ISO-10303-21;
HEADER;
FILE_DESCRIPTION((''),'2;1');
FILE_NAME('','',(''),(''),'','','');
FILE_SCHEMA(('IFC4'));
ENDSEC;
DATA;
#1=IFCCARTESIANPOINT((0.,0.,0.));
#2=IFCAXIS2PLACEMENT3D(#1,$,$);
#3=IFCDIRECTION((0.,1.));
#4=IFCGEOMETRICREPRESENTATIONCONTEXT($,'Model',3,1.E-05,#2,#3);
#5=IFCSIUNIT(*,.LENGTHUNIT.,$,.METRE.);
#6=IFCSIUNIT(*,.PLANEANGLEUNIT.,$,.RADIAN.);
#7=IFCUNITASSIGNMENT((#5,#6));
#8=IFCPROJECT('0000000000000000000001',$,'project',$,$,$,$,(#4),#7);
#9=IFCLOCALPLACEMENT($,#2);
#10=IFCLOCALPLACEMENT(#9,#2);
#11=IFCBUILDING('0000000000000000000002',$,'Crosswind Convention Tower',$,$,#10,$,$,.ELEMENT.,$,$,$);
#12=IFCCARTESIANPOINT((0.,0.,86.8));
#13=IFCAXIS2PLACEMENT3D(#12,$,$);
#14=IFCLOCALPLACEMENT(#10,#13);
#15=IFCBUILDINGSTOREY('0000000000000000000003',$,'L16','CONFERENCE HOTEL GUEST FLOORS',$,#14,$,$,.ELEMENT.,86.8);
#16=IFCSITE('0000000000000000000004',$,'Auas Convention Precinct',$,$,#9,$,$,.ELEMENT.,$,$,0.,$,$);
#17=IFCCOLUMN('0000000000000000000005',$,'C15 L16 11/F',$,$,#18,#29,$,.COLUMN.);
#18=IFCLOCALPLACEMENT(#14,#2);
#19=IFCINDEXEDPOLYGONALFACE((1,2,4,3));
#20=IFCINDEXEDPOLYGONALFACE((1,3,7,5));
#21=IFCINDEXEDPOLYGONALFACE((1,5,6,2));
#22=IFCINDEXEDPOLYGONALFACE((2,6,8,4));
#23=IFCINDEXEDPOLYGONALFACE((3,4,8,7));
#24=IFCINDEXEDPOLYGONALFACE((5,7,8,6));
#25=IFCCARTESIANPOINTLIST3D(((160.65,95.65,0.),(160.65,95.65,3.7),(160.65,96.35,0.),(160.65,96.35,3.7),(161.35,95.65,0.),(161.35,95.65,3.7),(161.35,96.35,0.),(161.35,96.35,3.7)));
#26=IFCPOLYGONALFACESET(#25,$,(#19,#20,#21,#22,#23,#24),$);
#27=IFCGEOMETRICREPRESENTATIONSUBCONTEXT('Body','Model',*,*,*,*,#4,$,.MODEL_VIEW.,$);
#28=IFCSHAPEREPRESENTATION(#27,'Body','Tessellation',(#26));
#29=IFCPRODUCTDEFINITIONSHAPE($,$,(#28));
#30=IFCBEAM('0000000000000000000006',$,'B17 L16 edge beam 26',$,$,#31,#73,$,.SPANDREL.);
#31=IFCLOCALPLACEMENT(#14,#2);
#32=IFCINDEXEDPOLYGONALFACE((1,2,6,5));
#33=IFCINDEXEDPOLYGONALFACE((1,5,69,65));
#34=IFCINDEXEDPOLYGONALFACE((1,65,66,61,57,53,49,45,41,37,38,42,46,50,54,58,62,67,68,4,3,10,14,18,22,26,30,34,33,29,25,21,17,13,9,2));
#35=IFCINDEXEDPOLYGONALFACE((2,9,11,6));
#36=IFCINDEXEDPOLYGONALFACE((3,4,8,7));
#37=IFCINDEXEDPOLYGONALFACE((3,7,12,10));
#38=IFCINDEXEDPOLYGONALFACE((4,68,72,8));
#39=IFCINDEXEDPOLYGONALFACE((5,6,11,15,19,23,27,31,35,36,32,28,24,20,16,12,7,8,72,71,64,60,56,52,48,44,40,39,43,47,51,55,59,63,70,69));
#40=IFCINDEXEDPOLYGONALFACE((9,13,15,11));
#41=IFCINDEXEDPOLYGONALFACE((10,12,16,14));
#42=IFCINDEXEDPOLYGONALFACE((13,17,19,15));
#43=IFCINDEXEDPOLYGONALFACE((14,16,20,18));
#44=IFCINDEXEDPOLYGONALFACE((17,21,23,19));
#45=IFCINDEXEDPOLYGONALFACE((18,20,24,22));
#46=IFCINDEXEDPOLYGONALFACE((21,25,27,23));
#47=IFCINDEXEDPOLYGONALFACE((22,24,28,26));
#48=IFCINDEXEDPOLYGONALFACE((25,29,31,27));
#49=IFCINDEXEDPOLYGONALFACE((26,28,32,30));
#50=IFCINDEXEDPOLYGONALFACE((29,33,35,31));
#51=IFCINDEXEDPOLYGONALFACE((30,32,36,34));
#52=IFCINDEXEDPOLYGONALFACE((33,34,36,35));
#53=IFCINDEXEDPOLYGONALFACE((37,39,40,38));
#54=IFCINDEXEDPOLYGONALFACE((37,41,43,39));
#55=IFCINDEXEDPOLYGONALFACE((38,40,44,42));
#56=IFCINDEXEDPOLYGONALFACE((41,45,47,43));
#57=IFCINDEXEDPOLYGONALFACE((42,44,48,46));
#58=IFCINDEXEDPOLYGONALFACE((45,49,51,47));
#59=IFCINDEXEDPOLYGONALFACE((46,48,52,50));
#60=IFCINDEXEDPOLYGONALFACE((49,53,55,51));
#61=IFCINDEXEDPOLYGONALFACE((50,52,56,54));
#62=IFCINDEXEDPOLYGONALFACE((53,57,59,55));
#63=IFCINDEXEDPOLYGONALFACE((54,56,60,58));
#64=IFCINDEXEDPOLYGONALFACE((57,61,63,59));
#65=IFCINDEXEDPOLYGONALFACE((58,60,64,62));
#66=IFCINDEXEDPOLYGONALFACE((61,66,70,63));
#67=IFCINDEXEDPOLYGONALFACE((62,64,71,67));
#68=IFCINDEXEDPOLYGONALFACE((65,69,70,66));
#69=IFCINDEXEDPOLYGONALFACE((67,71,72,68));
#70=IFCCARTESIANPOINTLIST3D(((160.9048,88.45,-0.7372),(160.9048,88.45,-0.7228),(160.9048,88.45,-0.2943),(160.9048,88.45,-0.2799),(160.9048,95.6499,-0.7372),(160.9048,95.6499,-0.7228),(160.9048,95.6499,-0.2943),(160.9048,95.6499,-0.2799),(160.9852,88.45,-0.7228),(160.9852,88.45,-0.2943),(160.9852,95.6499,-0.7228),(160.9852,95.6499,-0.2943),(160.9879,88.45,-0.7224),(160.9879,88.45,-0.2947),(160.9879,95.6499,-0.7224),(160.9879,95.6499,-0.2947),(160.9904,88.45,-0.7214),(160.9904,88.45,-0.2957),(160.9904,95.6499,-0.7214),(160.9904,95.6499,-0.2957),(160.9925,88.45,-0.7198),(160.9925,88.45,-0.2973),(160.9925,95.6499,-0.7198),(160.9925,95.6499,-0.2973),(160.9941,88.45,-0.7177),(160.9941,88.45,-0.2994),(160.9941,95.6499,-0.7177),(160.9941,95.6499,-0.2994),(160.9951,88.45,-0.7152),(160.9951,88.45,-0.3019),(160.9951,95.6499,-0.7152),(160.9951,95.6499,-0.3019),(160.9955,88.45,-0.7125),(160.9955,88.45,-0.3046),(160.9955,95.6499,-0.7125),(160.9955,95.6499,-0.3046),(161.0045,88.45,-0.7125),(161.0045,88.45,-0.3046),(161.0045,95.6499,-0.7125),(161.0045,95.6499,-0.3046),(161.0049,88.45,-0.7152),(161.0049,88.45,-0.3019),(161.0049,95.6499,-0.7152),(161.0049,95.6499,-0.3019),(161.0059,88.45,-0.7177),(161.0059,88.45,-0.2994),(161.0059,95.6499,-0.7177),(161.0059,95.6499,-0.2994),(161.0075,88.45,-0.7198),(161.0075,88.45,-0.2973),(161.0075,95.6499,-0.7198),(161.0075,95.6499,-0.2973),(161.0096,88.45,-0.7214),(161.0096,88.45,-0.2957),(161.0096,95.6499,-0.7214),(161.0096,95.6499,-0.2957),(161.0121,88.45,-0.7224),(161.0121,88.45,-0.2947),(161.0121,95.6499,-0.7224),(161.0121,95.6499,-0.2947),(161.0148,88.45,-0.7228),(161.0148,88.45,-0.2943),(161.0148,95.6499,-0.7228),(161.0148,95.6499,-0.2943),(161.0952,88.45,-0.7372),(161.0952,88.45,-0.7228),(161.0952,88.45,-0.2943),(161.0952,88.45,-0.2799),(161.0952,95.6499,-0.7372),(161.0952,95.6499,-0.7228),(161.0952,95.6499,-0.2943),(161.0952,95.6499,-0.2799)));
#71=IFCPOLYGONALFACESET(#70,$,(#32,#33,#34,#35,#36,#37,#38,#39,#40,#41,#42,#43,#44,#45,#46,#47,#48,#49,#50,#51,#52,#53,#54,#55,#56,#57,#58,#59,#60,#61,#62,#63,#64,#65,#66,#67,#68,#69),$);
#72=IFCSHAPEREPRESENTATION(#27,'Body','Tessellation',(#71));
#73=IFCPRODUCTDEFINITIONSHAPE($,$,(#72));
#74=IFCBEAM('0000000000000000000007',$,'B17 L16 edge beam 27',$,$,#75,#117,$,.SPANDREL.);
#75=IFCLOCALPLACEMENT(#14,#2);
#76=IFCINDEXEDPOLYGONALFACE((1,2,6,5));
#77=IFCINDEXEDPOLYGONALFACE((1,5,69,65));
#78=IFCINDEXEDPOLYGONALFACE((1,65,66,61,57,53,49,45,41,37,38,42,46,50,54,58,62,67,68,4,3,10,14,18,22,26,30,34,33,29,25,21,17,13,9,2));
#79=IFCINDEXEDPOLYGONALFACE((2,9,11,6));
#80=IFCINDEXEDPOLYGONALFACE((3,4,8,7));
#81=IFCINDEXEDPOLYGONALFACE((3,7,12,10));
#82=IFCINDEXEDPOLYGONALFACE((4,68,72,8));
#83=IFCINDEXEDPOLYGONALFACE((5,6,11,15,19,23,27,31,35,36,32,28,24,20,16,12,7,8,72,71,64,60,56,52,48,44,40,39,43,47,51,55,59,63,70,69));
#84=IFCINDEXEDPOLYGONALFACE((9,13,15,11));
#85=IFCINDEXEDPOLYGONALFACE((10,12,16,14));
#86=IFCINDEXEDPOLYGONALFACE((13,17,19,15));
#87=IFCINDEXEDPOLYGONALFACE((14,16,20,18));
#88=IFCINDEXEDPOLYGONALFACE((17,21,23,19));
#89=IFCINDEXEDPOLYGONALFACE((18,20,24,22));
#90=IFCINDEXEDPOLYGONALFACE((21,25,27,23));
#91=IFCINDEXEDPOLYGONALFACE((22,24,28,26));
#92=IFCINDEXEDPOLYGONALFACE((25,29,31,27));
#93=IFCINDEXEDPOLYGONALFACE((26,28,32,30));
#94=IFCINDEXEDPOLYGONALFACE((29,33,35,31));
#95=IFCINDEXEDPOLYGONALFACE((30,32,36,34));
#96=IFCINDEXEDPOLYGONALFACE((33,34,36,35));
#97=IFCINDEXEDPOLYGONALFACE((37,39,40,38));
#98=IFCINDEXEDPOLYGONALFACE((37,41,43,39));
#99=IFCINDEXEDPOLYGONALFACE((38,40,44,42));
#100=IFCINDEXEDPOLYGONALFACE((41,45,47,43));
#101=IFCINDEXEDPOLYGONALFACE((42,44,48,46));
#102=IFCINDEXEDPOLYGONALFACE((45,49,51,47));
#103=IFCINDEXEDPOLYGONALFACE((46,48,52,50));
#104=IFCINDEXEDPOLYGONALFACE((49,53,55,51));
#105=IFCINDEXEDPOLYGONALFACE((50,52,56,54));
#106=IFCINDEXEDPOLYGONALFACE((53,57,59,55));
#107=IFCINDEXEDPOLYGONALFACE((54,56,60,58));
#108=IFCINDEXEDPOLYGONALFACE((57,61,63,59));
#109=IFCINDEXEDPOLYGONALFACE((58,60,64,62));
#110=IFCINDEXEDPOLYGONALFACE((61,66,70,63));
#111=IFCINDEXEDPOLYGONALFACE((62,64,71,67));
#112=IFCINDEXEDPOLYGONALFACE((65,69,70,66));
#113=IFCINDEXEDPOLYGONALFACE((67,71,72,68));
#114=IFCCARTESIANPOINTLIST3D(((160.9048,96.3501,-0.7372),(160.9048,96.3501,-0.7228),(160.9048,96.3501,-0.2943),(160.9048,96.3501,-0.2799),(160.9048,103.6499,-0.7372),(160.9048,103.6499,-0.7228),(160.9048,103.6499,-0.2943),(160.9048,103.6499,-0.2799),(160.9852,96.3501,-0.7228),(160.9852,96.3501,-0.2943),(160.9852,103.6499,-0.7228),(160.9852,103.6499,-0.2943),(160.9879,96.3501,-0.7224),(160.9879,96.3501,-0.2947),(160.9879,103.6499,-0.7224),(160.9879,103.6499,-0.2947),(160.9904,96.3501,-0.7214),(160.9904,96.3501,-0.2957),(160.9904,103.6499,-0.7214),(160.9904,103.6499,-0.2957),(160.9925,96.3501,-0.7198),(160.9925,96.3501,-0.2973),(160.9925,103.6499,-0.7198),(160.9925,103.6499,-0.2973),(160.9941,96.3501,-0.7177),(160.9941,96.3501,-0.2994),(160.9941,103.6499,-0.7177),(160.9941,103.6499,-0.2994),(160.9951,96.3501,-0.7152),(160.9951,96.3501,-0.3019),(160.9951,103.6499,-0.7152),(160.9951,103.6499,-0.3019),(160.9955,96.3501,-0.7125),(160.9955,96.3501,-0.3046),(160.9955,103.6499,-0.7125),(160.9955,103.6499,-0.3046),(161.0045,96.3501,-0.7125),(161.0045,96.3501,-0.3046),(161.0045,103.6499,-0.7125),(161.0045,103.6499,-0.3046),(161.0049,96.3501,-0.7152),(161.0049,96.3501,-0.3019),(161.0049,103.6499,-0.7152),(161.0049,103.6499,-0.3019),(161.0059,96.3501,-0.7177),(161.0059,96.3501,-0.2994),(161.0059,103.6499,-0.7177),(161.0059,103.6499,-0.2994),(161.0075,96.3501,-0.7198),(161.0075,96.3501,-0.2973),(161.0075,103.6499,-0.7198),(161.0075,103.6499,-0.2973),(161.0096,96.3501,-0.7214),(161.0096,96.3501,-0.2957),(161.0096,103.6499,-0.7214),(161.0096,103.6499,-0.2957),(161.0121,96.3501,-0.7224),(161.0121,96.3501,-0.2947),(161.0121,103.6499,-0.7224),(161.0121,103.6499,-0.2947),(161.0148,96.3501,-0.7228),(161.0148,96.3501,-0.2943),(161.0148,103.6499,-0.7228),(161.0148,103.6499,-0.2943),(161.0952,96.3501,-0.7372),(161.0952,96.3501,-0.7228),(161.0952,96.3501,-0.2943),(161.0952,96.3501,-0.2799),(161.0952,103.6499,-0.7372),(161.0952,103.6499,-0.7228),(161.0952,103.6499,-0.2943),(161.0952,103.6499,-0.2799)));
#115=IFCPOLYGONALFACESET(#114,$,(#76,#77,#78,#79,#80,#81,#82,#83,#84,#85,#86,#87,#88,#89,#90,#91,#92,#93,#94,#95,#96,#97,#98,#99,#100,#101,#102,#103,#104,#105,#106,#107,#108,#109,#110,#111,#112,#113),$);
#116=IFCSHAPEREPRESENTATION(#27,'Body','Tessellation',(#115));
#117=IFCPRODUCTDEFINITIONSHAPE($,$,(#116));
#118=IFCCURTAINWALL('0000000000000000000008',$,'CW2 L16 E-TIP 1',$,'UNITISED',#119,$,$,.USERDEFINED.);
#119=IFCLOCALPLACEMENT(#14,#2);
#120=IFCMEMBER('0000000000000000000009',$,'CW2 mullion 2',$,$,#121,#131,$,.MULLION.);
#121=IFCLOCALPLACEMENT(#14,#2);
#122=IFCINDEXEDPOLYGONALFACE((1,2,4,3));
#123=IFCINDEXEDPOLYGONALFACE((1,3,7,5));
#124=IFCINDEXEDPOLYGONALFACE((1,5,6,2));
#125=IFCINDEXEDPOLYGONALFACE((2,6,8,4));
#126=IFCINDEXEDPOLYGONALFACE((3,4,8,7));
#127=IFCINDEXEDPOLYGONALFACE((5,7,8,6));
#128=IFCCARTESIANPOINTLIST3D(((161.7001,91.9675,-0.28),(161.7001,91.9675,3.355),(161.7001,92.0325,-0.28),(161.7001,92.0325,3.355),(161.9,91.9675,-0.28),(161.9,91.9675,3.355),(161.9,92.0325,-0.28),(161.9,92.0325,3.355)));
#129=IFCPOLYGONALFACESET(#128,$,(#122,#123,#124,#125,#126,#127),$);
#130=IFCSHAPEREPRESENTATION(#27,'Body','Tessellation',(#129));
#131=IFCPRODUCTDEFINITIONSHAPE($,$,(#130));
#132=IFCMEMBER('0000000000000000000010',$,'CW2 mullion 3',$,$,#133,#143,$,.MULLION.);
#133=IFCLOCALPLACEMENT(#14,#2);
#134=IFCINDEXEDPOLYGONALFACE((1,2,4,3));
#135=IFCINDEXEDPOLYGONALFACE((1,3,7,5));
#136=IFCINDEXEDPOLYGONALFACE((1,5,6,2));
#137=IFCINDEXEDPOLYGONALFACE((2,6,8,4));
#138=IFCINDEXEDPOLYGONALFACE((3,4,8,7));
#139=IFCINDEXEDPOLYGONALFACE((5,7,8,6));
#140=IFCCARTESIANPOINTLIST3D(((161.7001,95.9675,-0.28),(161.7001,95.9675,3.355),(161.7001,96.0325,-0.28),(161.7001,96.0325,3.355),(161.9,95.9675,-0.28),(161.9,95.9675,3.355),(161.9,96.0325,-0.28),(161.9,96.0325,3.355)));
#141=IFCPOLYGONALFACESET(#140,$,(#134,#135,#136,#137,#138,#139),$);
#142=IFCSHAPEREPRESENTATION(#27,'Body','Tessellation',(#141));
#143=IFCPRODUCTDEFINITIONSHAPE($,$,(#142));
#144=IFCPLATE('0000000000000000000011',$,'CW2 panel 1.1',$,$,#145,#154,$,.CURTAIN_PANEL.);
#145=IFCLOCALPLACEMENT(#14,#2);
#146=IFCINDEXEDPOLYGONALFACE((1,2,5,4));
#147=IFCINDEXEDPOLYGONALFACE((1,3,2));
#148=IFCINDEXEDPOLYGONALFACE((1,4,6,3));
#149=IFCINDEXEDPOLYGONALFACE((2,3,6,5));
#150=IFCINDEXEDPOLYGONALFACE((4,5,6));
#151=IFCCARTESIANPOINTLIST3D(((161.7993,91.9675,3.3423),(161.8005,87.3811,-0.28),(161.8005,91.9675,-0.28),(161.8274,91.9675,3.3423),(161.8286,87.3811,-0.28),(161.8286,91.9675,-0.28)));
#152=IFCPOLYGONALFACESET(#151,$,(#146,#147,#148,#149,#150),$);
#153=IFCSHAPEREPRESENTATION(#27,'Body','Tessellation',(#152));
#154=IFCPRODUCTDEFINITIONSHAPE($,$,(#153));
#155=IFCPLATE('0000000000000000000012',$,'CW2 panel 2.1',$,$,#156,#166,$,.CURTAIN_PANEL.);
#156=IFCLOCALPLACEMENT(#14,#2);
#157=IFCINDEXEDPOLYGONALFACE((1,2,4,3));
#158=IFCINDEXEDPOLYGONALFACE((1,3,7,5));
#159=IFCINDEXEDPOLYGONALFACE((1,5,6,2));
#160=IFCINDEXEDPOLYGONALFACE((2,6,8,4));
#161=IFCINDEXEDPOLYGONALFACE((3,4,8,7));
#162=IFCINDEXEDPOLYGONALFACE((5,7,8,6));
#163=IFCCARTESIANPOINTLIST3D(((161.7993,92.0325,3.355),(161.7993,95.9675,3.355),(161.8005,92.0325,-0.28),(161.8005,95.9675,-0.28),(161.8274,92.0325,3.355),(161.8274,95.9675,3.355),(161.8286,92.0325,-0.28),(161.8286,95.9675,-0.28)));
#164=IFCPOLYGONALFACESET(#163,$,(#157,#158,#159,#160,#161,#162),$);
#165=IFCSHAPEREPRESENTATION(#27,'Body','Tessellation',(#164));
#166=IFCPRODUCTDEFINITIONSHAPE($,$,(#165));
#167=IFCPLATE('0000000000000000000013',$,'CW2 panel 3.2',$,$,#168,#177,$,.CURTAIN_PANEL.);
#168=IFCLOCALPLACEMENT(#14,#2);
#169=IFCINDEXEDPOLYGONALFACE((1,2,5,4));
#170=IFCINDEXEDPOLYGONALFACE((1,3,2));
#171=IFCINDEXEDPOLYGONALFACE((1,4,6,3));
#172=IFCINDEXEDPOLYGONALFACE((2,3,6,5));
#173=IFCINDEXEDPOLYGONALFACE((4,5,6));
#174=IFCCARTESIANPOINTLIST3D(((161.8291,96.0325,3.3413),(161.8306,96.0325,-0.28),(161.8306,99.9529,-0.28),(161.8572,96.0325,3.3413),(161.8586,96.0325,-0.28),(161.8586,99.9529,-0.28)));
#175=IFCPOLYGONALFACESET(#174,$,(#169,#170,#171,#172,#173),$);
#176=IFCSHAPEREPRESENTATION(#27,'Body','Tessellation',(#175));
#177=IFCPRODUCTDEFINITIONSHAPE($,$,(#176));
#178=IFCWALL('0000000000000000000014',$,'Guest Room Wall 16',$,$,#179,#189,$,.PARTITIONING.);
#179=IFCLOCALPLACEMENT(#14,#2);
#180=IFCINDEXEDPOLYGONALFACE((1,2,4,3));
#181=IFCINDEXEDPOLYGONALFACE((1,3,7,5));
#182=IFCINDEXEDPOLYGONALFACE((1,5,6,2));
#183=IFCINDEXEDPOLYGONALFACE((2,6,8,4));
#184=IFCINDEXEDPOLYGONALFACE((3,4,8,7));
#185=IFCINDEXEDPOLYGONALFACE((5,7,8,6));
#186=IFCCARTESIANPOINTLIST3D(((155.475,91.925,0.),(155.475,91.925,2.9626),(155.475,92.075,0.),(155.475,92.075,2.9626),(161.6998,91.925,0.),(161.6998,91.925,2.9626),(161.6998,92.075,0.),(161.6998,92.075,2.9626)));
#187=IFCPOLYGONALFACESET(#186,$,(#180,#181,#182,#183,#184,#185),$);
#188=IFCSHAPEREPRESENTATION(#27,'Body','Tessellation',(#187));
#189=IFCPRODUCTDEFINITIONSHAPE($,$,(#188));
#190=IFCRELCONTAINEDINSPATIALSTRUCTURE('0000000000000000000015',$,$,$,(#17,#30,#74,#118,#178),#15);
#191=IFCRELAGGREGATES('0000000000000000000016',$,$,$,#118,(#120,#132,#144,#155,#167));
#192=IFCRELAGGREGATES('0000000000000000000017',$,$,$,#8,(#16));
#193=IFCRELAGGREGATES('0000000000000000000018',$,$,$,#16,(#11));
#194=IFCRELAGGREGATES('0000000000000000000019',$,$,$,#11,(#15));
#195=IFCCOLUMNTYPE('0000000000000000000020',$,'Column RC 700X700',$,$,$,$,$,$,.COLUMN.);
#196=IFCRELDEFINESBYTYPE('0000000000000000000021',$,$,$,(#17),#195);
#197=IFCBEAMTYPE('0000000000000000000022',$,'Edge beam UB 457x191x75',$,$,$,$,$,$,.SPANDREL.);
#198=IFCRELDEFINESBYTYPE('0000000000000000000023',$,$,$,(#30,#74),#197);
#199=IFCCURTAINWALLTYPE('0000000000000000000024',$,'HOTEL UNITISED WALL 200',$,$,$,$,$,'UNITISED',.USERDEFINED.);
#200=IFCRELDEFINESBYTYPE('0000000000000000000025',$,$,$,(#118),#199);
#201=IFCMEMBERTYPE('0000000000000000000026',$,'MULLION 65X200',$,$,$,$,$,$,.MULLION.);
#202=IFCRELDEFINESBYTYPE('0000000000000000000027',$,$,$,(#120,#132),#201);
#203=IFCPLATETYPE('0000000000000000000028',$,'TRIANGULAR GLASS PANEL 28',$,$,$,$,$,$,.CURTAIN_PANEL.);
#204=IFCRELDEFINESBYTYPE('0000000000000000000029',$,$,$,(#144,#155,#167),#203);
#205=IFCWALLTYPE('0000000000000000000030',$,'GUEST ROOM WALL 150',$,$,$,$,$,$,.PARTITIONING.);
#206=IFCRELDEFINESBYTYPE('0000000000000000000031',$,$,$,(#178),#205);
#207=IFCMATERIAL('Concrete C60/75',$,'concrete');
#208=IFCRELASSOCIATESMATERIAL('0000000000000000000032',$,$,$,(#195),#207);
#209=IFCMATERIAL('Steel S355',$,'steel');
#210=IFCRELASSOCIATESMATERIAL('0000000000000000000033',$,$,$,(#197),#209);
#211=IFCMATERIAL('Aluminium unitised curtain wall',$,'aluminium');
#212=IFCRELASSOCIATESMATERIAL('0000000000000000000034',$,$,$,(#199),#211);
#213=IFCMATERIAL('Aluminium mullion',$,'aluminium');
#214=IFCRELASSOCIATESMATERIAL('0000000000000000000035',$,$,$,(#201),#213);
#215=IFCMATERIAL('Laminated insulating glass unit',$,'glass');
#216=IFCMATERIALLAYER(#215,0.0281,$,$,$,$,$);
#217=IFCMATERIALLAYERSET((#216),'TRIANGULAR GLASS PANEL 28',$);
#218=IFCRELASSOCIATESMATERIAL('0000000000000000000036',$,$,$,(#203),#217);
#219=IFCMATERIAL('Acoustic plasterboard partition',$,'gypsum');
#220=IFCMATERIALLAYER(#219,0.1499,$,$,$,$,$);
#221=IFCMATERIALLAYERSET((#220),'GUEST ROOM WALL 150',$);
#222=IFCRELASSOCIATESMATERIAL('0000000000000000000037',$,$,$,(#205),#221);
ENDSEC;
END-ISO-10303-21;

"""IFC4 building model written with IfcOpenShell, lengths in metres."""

from ifc_helpers import new_model, si_unit, direction, frame, frame_2d, origin, origin_2d, place, context, subcontext, project, spatial, polyline, rectangle, i_section, outline, extrude, material, layer, layer_set, material_profile, profile_set, type_object, element, aggregate, save


model = new_model("IFC4")

# Units and contexts
model_context = context("Model", 3, precision=1e-05, world=origin(), true_north=direction((0.0, 1.0)))
body_context = subcontext(model_context, "Body", "Model", "MODEL_VIEW")
ifc_project = project(units=[si_unit("LENGTHUNIT", "METRE"), si_unit("PLANEANGLEUNIT", "RADIAN")], contexts=[model_context])

# Site, building, storey
site_placement = place(None, origin())
site = spatial("IfcSite", under=ifc_project, at=site_placement, Name="Auas Convention Precinct", CompositionType="ELEMENT", RefElevation=0.0)
building_placement = place(site_placement, origin())
building = spatial("IfcBuilding", under=site, at=building_placement, Name="Crosswind Convention Tower", CompositionType="ELEMENT")
storey_placement = place(building_placement, frame((0.0, 0.0, 86.8)))
storey = spatial("IfcBuildingStorey", under=building, at=storey_placement, Name="L16", Description="CONFERENCE HOTEL GUEST FLOORS", CompositionType="ELEMENT", Elevation=86.8)

# Column
ifc_material_1 = material(Name="Concrete C60/75", Category="concrete")
ifc_material_profile_1 = material_profile(ifc_material_1, rectangle(XDim=0.7, YDim=0.7, at=origin_2d()), Name="RC 700X700")
ifc_profile_set_1 = profile_set([ifc_material_profile_1], Name="Concrete C60/75")
column_type = type_object("IfcColumnType", Name="Column RC 700X700", PredefinedType="COLUMN", material=ifc_profile_set_1)
column_placement = place(storey_placement, frame((161.0, 96.0, 0.0), z_axis=(0.0, 0.0, 1.0), x_axis=(1.0, 0.0, 0.0)))
element("IfcColumn", 1, at=column_placement, inside=storey, type_object=column_type, Name="C15 L16 11/F", PredefinedType="COLUMN", context=body_context, shape_type="SweptSolid", body=[
    extrude(rectangle(XDim=0.7, YDim=0.7, at=origin_2d()), origin(), (0.0, 0.0, 1.0), 3.7),
])

# Beams
ifc_material_2 = material(Name="Steel S355", Category="steel")
ifc_material_profile_2 = material_profile(ifc_material_2, i_section(OverallWidth=0.1904, OverallDepth=0.4573, WebThickness=0.009, FlangeThickness=0.0144, FilletRadius=0.0103, at=origin_2d()), Name="UB 457x191x75")
ifc_profile_set_2 = profile_set([ifc_material_profile_2], Name="Steel S355")
beam_type = type_object("IfcBeamType", Name="Edge beam UB 457x191x75", PredefinedType="SPANDREL", material=ifc_profile_set_2)
beam_1_placement = place(storey_placement, frame((161.0, 88.45, -0.5085), z_axis=(0.0, 1.0, 0.0), x_axis=(-1.0, 0.0, 0.0)))
element("IfcBeam", 2, at=beam_1_placement, inside=storey, type_object=beam_type, Name="B17 L16 edge beam 26", PredefinedType="SPANDREL", context=body_context, shape_type="SweptSolid", body=[
    extrude(i_section(OverallWidth=0.1904, OverallDepth=0.4573, WebThickness=0.009, FlangeThickness=0.0144, FilletRadius=0.0103, at=origin_2d()), origin(), (0.0, 0.0, 1.0), 7.2),
])
beam_2_placement = place(storey_placement, frame((161.0, 96.3501, -0.5085), z_axis=(0.0, 1.0, 0.0), x_axis=(-1.0, 0.0, 0.0)))
element("IfcBeam", 3, at=beam_2_placement, inside=storey, type_object=beam_type, Name="B17 L16 edge beam 27", PredefinedType="SPANDREL", context=body_context, shape_type="SweptSolid", body=[
    extrude(i_section(OverallWidth=0.1904, OverallDepth=0.4573, WebThickness=0.009, FlangeThickness=0.0144, FilletRadius=0.0103, at=origin_2d()), origin(), (0.0, 0.0, 1.0), 7.2998),
])

# Curtain wall, members, plates
ifc_material_3 = material(Name="Aluminium unitised curtain wall", Category="aluminium")
curtain_wall_type = type_object("IfcCurtainWallType", Name="HOTEL UNITISED WALL 200", ElementType="UNITISED", PredefinedType="USERDEFINED", material=ifc_material_3)
curtain_wall_placement = place(storey_placement, origin())
curtain_wall = element("IfcCurtainWall", 4, at=curtain_wall_placement, inside=storey, type_object=curtain_wall_type, Name="CW2 L16 E-TIP 1", ObjectType="UNITISED", PredefinedType="USERDEFINED")
ifc_material_4 = material(Name="Aluminium mullion", Category="aluminium")
ifc_material_profile_3 = material_profile(ifc_material_4, rectangle(XDim=0.2, YDim=0.0649, at=origin_2d()), Name="AL 200X65")
ifc_profile_set_3 = profile_set([ifc_material_profile_3], Name="Aluminium mullion")
member_type = type_object("IfcMemberType", Name="MULLION 65X200", PredefinedType="MULLION", material=ifc_profile_set_3)
member_1_placement = place(storey_placement, frame((161.8, 92.0, -0.28), z_axis=(0.0, 0.0, 1.0), x_axis=(1.0, 0.0, 0.0)))
member_1 = element("IfcMember", 5, at=member_1_placement, type_object=member_type, Name="CW2 mullion 2", PredefinedType="MULLION", context=body_context, shape_type="SweptSolid", body=[
    extrude(rectangle(XDim=0.2, YDim=0.0649, at=origin_2d()), origin(), (0.0, 0.0, 1.0), 3.635),
])
member_2_placement = place(storey_placement, frame((161.8, 96.0, -0.28), z_axis=(0.0, 0.0, 1.0), x_axis=(1.0, 0.0, 0.0)))
member_2 = element("IfcMember", 6, at=member_2_placement, type_object=member_type, Name="CW2 mullion 3", PredefinedType="MULLION", context=body_context, shape_type="SweptSolid", body=[
    extrude(rectangle(XDim=0.2, YDim=0.0649, at=origin_2d()), origin(), (0.0, 0.0, 1.0), 3.635),
])
ifc_material_5 = material(Name="Laminated insulating glass unit", Category="glass")
ifc_layer_1 = layer(ifc_material_5, 0.0281)
ifc_layer_set_1 = layer_set([ifc_layer_1], Name="TRIANGULAR GLASS PANEL 28")
plate_type = type_object("IfcPlateType", Name="TRIANGULAR GLASS PANEL 28", PredefinedType="CURTAIN_PANEL", material=ifc_layer_set_1)
plate_1_placement = place(storey_placement, frame((161.8286, 91.9675, -0.28), z_axis=(1.0, 0.0, 0.000337), x_axis=(-0.000337, 0.0, 1.0)))
plate_1 = element("IfcPlate", 7, at=plate_1_placement, type_object=plate_type, Name="CW2 panel 1.1", PredefinedType="CURTAIN_PANEL", context=body_context, shape_type="SweptSolid", body=[
    extrude(outline(polyline([(0.0, 0.0), (3.6223, 0.0), (0.0, 4.5864), (0.0, 0.0)])), origin(), (0.0, 0.0, -1.0), 0.0281),
])
plate_2_placement = place(storey_placement, frame((161.8286, 92.0325, -0.28), z_axis=(1.0, 0.0, 0.000336), x_axis=(0.0, 1.0, 0.0)))
plate_2 = element("IfcPlate", 8, at=plate_2_placement, type_object=plate_type, Name="CW2 panel 2.1", PredefinedType="CURTAIN_PANEL", context=body_context, shape_type="SweptSolid", body=[
    extrude(outline(polyline([(0.0, 0.0), (3.9351, 0.0), (3.9351, 3.635), (0.0, 3.635), (0.0, 0.0)])), origin(), (0.0, 0.0, -1.0), 0.0281),
])
plate_3_placement = place(storey_placement, frame((161.8586, 96.0325, -0.28), z_axis=(1.0, 0.0, 0.000405), x_axis=(0.0, 1.0, 0.0)))
plate_3 = element("IfcPlate", 9, at=plate_3_placement, type_object=plate_type, Name="CW2 panel 3.2", PredefinedType="CURTAIN_PANEL", context=body_context, shape_type="SweptSolid", body=[
    extrude(outline(polyline([(0.0, 0.0), (3.9204, 0.0), (0.0, 3.6213), (0.0, 0.0)])), origin(), (0.0, 0.0, -1.0), 0.0281),
])
aggregate(curtain_wall, [member_1, member_2, plate_1, plate_2, plate_3])

# Wall
ifc_material_6 = material(Name="Acoustic plasterboard partition", Category="gypsum")
ifc_layer_2 = layer(ifc_material_6, 0.1499)
ifc_layer_set_2 = layer_set([ifc_layer_2], Name="GUEST ROOM WALL 150")
wall_type_1 = type_object("IfcWallType", Name="GUEST ROOM WALL 150", PredefinedType="PARTITIONING", material=ifc_layer_set_2)
wall_1_placement = place(storey_placement, frame((155.4751, 92.0, 0.0), z_axis=(0.0, 0.0, 1.0), x_axis=(1.0, 0.0, 0.0)))
element("IfcWall", 10, at=wall_1_placement, inside=storey, type_object=wall_type_1, Name="Guest Room Wall 16", PredefinedType="PARTITIONING", context=body_context, shape_type="SweptSolid", body=[
    extrude(rectangle(XDim=6.2249, YDim=0.1499, at=frame_2d((3.1123, 0.0))), origin(), (0.0, 0.0, 1.0), 2.9626),
])

save(model, "model.ifc")
